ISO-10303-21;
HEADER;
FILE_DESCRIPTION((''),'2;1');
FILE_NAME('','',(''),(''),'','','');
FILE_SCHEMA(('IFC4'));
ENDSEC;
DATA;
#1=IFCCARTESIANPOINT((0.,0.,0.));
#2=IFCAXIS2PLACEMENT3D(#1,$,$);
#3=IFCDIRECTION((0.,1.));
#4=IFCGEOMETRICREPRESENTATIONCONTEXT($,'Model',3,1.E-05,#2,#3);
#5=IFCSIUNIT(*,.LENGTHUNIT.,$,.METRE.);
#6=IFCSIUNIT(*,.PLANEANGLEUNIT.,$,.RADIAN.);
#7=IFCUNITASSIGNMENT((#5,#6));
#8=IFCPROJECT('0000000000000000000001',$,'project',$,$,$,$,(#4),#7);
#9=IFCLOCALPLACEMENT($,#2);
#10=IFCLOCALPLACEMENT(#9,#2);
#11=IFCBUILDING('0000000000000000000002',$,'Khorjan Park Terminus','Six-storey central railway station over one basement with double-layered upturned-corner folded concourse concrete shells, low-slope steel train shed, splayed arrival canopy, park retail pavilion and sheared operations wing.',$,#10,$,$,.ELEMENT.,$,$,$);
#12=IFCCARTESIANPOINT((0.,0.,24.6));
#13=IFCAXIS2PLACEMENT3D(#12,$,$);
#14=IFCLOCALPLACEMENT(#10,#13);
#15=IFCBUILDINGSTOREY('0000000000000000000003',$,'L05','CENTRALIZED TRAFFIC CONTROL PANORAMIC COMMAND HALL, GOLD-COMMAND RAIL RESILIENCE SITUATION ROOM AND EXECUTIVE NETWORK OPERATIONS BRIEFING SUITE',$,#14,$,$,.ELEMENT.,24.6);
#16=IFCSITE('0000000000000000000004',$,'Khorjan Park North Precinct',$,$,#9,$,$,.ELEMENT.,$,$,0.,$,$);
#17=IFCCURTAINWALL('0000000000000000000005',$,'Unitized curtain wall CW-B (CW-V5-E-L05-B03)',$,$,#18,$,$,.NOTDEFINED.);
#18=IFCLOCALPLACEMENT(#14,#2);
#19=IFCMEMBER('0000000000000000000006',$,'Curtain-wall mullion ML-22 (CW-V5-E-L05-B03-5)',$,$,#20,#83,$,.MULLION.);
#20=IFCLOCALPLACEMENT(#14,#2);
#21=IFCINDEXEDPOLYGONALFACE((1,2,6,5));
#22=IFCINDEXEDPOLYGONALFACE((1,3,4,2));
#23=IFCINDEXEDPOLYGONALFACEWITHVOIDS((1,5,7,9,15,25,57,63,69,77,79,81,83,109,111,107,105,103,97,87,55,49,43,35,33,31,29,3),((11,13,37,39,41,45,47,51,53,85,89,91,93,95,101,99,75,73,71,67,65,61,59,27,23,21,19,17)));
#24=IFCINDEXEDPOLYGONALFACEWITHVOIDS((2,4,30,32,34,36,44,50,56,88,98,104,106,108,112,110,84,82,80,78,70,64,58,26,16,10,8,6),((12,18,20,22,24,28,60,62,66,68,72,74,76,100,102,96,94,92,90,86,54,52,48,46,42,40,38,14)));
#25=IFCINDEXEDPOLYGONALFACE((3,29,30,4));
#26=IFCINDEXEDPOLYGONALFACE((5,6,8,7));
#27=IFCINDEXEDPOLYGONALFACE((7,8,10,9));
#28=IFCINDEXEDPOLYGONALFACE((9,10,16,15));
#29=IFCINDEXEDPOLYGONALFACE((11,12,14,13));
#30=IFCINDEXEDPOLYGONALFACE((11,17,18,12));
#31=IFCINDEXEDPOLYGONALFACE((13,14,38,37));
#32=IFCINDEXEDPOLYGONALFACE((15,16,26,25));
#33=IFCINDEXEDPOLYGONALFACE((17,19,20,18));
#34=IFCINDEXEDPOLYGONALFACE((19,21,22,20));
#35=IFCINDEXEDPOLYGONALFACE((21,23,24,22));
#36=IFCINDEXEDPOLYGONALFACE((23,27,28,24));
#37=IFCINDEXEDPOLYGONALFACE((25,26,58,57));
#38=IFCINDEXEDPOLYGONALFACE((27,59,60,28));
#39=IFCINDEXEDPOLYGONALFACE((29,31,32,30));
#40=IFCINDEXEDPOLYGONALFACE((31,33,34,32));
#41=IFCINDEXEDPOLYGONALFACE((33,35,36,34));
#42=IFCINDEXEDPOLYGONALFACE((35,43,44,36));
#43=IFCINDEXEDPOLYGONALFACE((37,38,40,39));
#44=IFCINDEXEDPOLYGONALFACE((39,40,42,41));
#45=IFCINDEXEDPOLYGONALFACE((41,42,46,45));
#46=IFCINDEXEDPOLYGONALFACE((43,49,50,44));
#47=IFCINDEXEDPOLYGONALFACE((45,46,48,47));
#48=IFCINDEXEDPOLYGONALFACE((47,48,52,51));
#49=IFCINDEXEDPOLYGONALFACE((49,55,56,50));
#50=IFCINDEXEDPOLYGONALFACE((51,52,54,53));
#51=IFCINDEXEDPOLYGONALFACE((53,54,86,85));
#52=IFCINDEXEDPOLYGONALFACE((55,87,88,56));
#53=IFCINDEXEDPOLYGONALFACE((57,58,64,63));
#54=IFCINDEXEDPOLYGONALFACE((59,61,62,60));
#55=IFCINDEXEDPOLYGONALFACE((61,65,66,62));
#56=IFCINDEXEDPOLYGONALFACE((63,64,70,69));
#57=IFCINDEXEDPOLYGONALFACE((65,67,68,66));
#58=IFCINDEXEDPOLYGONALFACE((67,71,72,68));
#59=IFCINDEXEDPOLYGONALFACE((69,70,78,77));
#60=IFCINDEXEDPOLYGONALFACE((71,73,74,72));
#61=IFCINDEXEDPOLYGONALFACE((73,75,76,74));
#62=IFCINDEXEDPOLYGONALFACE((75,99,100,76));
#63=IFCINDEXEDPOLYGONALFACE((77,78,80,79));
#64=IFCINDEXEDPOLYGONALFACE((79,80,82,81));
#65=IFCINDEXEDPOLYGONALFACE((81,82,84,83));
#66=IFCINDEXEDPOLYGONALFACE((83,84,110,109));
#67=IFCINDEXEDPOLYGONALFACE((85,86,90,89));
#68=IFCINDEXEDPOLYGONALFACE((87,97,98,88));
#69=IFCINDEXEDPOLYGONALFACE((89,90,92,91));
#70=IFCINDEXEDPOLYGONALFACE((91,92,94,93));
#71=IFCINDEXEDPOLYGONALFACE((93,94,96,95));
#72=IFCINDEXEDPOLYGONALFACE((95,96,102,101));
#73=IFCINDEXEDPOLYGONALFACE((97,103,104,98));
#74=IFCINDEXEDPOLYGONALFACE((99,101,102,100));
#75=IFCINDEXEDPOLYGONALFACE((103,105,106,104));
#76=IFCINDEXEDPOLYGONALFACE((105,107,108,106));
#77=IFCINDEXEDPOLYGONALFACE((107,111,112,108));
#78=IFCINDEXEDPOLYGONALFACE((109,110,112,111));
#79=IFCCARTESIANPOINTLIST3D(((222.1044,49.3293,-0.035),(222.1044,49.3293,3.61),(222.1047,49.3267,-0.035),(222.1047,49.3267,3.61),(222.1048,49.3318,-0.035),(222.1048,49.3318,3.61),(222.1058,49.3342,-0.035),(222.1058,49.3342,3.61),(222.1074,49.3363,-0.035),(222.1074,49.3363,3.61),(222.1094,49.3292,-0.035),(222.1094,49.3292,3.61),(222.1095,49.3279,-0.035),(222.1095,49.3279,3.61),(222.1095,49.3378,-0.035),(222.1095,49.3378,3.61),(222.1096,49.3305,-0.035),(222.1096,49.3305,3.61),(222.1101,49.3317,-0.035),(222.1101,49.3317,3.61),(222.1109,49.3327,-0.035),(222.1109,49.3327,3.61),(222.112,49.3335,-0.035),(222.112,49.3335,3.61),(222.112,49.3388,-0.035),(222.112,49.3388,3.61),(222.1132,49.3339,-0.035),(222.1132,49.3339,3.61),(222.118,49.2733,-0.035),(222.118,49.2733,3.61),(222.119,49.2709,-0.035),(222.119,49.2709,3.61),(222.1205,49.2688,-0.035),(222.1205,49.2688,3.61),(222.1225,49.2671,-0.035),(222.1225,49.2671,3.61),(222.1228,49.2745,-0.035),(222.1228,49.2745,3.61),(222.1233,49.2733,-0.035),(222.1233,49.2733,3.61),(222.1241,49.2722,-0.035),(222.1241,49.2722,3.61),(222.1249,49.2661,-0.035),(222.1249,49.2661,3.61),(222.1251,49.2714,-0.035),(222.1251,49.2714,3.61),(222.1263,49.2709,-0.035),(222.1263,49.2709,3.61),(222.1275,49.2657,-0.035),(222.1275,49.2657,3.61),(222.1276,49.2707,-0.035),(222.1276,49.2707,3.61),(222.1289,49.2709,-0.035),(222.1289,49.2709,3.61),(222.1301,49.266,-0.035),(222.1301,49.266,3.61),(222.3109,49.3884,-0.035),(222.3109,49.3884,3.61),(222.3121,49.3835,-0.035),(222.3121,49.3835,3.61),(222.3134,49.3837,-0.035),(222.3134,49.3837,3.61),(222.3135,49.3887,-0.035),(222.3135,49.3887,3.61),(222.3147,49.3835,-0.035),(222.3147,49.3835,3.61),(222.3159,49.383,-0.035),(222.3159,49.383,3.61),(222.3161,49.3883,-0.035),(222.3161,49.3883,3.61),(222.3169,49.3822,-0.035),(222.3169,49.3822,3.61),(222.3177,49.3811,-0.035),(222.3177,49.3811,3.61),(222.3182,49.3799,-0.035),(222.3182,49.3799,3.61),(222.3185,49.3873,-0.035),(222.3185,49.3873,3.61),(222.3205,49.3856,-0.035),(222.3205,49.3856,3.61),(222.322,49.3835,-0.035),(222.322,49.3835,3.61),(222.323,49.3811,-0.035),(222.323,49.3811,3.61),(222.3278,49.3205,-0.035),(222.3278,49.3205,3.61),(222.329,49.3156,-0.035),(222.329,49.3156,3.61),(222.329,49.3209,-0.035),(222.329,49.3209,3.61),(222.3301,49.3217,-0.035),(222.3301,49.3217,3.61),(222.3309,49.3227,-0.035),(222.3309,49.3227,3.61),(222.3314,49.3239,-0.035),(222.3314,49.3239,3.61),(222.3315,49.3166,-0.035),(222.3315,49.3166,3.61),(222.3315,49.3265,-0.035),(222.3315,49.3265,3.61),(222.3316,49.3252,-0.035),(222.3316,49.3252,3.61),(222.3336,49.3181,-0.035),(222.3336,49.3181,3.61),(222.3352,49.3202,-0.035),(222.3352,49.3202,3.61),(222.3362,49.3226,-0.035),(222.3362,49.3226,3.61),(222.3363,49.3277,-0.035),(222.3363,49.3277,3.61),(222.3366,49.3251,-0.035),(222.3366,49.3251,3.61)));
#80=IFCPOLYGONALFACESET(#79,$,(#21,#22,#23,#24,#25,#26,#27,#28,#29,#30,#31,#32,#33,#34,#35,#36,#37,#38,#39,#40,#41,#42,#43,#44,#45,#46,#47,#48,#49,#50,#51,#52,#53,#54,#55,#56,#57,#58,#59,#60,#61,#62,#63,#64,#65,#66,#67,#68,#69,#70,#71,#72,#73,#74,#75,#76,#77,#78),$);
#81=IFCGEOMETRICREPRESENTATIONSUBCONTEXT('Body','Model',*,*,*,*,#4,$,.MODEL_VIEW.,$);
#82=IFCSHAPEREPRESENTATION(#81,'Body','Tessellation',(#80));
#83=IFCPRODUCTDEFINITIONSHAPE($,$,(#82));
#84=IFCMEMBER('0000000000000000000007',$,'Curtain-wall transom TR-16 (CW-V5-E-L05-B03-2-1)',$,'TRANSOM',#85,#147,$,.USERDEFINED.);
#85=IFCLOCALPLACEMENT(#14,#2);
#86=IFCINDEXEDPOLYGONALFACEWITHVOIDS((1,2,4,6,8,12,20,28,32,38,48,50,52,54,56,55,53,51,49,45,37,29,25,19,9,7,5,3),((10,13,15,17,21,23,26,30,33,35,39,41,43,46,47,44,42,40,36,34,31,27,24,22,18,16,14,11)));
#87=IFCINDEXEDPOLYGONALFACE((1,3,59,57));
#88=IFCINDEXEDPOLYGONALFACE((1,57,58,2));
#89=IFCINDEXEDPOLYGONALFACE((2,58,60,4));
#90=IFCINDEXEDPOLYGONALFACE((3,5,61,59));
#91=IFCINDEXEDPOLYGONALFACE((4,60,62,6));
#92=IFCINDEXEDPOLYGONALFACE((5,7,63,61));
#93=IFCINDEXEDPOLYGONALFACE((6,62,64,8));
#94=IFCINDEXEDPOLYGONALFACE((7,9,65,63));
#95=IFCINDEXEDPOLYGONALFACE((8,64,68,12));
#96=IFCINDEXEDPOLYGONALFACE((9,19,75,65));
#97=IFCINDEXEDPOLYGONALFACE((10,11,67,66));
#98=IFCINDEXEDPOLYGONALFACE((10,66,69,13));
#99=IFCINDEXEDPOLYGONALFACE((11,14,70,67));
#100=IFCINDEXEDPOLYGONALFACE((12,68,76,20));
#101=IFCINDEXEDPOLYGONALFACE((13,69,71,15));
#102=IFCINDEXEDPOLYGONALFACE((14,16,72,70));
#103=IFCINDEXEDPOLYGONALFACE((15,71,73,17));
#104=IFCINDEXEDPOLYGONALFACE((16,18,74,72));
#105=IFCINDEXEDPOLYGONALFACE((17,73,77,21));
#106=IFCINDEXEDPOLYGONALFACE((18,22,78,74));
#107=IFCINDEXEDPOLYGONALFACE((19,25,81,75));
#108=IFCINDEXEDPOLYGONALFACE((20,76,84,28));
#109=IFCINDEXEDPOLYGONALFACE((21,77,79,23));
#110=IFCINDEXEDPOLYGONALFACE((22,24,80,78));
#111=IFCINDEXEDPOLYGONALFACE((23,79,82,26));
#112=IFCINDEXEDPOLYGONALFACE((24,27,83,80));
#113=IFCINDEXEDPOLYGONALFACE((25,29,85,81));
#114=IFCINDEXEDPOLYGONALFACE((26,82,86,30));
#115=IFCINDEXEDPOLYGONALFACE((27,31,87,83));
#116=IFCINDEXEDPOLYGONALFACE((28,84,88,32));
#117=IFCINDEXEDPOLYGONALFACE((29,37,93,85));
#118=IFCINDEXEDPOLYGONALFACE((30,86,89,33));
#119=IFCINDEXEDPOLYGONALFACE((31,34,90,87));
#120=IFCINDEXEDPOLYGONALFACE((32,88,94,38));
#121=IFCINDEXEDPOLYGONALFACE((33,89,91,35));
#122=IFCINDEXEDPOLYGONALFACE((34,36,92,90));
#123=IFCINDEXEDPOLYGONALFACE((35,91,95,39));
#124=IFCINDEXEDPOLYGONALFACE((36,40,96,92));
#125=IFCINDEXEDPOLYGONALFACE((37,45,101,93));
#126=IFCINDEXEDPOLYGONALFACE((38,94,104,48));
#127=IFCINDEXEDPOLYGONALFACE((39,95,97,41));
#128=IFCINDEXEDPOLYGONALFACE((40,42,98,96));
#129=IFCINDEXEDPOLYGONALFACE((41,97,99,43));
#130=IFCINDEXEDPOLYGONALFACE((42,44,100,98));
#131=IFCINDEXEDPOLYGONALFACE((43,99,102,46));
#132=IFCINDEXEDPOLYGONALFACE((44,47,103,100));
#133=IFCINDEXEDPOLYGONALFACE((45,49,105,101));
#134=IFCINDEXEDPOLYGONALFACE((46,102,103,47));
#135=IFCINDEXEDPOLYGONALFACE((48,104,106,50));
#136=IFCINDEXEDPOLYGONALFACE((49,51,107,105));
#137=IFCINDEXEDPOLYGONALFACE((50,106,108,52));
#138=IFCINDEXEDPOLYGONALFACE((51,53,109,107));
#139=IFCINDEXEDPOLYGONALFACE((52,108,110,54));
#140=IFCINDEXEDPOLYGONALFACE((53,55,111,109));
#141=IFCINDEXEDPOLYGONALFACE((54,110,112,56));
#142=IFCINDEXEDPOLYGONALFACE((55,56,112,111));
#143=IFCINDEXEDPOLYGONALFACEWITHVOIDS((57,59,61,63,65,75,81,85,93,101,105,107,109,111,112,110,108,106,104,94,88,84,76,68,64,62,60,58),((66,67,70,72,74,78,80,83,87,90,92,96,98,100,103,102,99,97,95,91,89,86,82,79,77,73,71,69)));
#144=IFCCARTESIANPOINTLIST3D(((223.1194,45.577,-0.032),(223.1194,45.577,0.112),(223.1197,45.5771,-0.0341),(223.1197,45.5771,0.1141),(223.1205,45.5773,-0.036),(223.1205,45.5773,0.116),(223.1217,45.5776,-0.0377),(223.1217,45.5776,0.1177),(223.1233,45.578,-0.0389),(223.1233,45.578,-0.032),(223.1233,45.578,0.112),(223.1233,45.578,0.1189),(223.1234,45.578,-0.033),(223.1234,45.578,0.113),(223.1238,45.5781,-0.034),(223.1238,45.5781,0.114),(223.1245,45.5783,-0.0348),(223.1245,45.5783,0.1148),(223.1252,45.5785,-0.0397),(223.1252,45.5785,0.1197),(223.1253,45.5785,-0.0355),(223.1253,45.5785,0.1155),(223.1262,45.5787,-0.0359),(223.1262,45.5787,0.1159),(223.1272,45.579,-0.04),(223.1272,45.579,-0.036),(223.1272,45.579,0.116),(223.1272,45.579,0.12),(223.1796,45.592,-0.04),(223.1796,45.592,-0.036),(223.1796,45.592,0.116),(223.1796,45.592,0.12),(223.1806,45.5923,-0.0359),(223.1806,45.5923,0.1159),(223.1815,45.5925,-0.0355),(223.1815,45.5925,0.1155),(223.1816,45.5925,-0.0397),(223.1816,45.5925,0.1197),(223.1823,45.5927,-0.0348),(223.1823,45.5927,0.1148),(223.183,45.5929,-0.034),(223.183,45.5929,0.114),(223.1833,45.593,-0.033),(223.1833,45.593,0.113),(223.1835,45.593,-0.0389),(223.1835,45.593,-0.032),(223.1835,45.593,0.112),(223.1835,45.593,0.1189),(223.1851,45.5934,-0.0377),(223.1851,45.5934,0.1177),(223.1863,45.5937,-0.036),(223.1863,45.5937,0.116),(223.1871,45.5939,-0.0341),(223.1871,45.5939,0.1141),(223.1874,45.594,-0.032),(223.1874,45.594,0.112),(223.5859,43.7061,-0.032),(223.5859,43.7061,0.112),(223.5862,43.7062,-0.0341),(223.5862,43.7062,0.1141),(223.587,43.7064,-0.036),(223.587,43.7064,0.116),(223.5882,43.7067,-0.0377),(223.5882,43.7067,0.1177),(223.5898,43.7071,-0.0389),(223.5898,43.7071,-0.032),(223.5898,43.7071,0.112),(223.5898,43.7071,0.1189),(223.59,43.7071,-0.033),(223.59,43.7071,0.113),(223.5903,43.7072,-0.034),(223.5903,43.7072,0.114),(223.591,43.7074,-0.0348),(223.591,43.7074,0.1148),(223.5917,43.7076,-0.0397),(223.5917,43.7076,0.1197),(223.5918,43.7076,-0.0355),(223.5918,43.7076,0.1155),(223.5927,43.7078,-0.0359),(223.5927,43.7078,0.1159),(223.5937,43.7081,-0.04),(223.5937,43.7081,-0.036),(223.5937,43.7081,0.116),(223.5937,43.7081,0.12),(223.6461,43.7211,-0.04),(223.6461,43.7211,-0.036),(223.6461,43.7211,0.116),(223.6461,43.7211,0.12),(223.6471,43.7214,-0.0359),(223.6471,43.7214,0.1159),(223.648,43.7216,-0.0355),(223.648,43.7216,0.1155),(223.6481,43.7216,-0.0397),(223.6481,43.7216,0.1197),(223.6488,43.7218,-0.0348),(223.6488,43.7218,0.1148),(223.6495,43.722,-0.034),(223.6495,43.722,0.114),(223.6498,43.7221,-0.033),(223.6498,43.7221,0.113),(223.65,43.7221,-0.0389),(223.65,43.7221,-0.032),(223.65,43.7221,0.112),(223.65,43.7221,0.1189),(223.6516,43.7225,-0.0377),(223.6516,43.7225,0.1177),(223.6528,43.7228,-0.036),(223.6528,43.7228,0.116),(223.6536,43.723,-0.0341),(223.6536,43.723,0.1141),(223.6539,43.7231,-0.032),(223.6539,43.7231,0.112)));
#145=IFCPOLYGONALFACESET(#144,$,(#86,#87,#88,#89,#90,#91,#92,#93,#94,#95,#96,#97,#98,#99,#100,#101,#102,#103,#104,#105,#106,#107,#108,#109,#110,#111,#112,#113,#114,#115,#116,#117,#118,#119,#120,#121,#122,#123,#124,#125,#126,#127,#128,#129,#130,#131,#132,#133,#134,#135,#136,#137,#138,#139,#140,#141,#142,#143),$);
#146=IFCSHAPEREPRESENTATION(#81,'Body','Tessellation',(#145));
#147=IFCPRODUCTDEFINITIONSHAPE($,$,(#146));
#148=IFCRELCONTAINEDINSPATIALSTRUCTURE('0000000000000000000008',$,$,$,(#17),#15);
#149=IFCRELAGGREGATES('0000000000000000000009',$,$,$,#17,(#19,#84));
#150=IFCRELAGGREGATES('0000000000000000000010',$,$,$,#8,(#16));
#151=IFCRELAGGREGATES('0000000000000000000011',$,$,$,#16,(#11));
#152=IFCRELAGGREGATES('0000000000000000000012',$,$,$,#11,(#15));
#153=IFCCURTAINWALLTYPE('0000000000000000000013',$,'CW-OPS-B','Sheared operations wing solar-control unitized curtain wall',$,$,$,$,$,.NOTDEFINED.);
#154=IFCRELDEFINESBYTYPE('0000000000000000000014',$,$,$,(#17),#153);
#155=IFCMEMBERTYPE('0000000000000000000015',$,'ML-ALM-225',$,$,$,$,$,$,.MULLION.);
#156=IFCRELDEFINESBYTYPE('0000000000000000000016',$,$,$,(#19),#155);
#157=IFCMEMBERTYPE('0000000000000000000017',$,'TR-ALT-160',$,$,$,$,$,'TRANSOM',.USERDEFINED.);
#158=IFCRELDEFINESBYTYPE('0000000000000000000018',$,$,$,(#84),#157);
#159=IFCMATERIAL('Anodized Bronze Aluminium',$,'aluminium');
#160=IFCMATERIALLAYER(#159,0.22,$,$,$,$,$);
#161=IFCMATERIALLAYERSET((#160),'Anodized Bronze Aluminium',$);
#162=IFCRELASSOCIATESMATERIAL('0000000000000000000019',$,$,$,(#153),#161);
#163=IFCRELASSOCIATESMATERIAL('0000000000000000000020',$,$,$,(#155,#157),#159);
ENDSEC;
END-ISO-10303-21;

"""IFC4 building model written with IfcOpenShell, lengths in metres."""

from ifc_helpers import new_model, si_unit, direction, frame, origin, origin_2d, place, context, subcontext, project, spatial, hollow_rectangle, extrude, material, layer, layer_set, material_profile, profile_set, type_object, element, aggregate, save


model = new_model("IFC4")

# Units and contexts
model_context = context("Model", 3, precision=1e-05, world=origin(), true_north=direction((0.0, 1.0)))
body_context = subcontext(model_context, "Body", "Model", "MODEL_VIEW")
ifc_project = project(units=[si_unit("LENGTHUNIT", "METRE"), si_unit("PLANEANGLEUNIT", "RADIAN")], contexts=[model_context])

# Site, building, storey
site_placement = place(None, origin())
site = spatial("IfcSite", under=ifc_project, at=site_placement, Name="Khorjan Park North Precinct", CompositionType="ELEMENT", RefElevation=0.0)
building_placement = place(site_placement, origin())
building = spatial("IfcBuilding", under=site, at=building_placement, Name="Khorjan Park Terminus", Description="Six-storey central railway station over one basement with double-layered upturned-corner folded concourse concrete shells, low-slope steel train shed, splayed arrival canopy, park retail pavilion and sheared operations wing.", CompositionType="ELEMENT")
storey_placement = place(building_placement, frame((0.0, 0.0, 24.6)))
storey = spatial("IfcBuildingStorey", under=building, at=storey_placement, Name="L05", Description="CENTRALIZED TRAFFIC CONTROL PANORAMIC COMMAND HALL, GOLD-COMMAND RAIL RESILIENCE SITUATION ROOM AND EXECUTIVE NETWORK OPERATIONS BRIEFING SUITE", CompositionType="ELEMENT", Elevation=24.6)

# Curtain wall, members
ifc_material_1 = material(Name="Anodized Bronze Aluminium", Category="aluminium")
ifc_layer_1 = layer(ifc_material_1, 0.22)
ifc_layer_set_1 = layer_set([ifc_layer_1], Name="Anodized Bronze Aluminium")
curtain_wall_type = type_object("IfcCurtainWallType", Name="CW-OPS-B", Description="Sheared operations wing solar-control unitized curtain wall", PredefinedType="NOTDEFINED", material=ifc_layer_set_1)
curtain_wall_placement = place(storey_placement, origin())
curtain_wall = element("IfcCurtainWall", 1, at=curtain_wall_placement, inside=storey, type_object=curtain_wall_type, Name="Unitized curtain wall CW-B (CW-V5-E-L05-B03)", PredefinedType="NOTDEFINED")
ifc_material_profile_1 = material_profile(ifc_material_1, hollow_rectangle(XDim=0.075, YDim=0.225, WallThickness=0.005, InnerFilletRadius=0.005, OuterFilletRadius=0.01, at=origin_2d()), Name="ALM 75x225x5")
ifc_profile_set_1 = profile_set([ifc_material_profile_1], Name="Anodized Bronze Aluminium")
member_type_1 = type_object("IfcMemberType", Name="ML-ALM-225", PredefinedType="MULLION", material=ifc_profile_set_1)
member_1_placement = place(storey_placement, frame((222.2205, 49.3272, -0.035), z_axis=(0.0, 0.0, 1.0), x_axis=(-0.241923, 0.970295, 0.0)))
member_1 = element("IfcMember", 2, at=member_1_placement, type_object=member_type_1, Name="Curtain-wall mullion ML-22 (CW-V5-E-L05-B03-5)", PredefinedType="MULLION", context=body_context, shape_type="SweptSolid", body=[
    extrude(hollow_rectangle(XDim=0.075, YDim=0.225, WallThickness=0.005, InnerFilletRadius=0.005, OuterFilletRadius=0.01, at=origin_2d()), origin(), (0.0, 0.0, 1.0), 3.645),
])
ifc_material_profile_2 = material_profile(ifc_material_1, hollow_rectangle(XDim=0.07, YDim=0.16, WallThickness=0.004, InnerFilletRadius=0.004, OuterFilletRadius=0.008, at=origin_2d()), Name="ALT 70x160x4")
ifc_profile_set_2 = profile_set([ifc_material_profile_2], Name="Anodized Bronze Aluminium")
member_type_2 = type_object("IfcMemberType", Name="TR-ALT-160", ElementType="TRANSOM", PredefinedType="USERDEFINED", material=ifc_profile_set_2)
member_2_placement = place(storey_placement, frame((223.6199, 43.7146, 0.04), z_axis=(-0.241938, 0.970292, 0.0), x_axis=(-0.970292, -0.241938, 0.0)))
member_2 = element("IfcMember", 3, at=member_2_placement, type_object=member_type_2, Name="Curtain-wall transom TR-16 (CW-V5-E-L05-B03-2-1)", ObjectType="TRANSOM", PredefinedType="USERDEFINED", context=body_context, shape_type="SweptSolid", body=[
    extrude(hollow_rectangle(XDim=0.07, YDim=0.16, WallThickness=0.004, InnerFilletRadius=0.004, OuterFilletRadius=0.008, at=origin_2d()), origin(), (0.0, 0.0, 1.0), 1.9282),
])
aggregate(curtain_wall, [member_1, member_2])

save(model, "model.ifc")
